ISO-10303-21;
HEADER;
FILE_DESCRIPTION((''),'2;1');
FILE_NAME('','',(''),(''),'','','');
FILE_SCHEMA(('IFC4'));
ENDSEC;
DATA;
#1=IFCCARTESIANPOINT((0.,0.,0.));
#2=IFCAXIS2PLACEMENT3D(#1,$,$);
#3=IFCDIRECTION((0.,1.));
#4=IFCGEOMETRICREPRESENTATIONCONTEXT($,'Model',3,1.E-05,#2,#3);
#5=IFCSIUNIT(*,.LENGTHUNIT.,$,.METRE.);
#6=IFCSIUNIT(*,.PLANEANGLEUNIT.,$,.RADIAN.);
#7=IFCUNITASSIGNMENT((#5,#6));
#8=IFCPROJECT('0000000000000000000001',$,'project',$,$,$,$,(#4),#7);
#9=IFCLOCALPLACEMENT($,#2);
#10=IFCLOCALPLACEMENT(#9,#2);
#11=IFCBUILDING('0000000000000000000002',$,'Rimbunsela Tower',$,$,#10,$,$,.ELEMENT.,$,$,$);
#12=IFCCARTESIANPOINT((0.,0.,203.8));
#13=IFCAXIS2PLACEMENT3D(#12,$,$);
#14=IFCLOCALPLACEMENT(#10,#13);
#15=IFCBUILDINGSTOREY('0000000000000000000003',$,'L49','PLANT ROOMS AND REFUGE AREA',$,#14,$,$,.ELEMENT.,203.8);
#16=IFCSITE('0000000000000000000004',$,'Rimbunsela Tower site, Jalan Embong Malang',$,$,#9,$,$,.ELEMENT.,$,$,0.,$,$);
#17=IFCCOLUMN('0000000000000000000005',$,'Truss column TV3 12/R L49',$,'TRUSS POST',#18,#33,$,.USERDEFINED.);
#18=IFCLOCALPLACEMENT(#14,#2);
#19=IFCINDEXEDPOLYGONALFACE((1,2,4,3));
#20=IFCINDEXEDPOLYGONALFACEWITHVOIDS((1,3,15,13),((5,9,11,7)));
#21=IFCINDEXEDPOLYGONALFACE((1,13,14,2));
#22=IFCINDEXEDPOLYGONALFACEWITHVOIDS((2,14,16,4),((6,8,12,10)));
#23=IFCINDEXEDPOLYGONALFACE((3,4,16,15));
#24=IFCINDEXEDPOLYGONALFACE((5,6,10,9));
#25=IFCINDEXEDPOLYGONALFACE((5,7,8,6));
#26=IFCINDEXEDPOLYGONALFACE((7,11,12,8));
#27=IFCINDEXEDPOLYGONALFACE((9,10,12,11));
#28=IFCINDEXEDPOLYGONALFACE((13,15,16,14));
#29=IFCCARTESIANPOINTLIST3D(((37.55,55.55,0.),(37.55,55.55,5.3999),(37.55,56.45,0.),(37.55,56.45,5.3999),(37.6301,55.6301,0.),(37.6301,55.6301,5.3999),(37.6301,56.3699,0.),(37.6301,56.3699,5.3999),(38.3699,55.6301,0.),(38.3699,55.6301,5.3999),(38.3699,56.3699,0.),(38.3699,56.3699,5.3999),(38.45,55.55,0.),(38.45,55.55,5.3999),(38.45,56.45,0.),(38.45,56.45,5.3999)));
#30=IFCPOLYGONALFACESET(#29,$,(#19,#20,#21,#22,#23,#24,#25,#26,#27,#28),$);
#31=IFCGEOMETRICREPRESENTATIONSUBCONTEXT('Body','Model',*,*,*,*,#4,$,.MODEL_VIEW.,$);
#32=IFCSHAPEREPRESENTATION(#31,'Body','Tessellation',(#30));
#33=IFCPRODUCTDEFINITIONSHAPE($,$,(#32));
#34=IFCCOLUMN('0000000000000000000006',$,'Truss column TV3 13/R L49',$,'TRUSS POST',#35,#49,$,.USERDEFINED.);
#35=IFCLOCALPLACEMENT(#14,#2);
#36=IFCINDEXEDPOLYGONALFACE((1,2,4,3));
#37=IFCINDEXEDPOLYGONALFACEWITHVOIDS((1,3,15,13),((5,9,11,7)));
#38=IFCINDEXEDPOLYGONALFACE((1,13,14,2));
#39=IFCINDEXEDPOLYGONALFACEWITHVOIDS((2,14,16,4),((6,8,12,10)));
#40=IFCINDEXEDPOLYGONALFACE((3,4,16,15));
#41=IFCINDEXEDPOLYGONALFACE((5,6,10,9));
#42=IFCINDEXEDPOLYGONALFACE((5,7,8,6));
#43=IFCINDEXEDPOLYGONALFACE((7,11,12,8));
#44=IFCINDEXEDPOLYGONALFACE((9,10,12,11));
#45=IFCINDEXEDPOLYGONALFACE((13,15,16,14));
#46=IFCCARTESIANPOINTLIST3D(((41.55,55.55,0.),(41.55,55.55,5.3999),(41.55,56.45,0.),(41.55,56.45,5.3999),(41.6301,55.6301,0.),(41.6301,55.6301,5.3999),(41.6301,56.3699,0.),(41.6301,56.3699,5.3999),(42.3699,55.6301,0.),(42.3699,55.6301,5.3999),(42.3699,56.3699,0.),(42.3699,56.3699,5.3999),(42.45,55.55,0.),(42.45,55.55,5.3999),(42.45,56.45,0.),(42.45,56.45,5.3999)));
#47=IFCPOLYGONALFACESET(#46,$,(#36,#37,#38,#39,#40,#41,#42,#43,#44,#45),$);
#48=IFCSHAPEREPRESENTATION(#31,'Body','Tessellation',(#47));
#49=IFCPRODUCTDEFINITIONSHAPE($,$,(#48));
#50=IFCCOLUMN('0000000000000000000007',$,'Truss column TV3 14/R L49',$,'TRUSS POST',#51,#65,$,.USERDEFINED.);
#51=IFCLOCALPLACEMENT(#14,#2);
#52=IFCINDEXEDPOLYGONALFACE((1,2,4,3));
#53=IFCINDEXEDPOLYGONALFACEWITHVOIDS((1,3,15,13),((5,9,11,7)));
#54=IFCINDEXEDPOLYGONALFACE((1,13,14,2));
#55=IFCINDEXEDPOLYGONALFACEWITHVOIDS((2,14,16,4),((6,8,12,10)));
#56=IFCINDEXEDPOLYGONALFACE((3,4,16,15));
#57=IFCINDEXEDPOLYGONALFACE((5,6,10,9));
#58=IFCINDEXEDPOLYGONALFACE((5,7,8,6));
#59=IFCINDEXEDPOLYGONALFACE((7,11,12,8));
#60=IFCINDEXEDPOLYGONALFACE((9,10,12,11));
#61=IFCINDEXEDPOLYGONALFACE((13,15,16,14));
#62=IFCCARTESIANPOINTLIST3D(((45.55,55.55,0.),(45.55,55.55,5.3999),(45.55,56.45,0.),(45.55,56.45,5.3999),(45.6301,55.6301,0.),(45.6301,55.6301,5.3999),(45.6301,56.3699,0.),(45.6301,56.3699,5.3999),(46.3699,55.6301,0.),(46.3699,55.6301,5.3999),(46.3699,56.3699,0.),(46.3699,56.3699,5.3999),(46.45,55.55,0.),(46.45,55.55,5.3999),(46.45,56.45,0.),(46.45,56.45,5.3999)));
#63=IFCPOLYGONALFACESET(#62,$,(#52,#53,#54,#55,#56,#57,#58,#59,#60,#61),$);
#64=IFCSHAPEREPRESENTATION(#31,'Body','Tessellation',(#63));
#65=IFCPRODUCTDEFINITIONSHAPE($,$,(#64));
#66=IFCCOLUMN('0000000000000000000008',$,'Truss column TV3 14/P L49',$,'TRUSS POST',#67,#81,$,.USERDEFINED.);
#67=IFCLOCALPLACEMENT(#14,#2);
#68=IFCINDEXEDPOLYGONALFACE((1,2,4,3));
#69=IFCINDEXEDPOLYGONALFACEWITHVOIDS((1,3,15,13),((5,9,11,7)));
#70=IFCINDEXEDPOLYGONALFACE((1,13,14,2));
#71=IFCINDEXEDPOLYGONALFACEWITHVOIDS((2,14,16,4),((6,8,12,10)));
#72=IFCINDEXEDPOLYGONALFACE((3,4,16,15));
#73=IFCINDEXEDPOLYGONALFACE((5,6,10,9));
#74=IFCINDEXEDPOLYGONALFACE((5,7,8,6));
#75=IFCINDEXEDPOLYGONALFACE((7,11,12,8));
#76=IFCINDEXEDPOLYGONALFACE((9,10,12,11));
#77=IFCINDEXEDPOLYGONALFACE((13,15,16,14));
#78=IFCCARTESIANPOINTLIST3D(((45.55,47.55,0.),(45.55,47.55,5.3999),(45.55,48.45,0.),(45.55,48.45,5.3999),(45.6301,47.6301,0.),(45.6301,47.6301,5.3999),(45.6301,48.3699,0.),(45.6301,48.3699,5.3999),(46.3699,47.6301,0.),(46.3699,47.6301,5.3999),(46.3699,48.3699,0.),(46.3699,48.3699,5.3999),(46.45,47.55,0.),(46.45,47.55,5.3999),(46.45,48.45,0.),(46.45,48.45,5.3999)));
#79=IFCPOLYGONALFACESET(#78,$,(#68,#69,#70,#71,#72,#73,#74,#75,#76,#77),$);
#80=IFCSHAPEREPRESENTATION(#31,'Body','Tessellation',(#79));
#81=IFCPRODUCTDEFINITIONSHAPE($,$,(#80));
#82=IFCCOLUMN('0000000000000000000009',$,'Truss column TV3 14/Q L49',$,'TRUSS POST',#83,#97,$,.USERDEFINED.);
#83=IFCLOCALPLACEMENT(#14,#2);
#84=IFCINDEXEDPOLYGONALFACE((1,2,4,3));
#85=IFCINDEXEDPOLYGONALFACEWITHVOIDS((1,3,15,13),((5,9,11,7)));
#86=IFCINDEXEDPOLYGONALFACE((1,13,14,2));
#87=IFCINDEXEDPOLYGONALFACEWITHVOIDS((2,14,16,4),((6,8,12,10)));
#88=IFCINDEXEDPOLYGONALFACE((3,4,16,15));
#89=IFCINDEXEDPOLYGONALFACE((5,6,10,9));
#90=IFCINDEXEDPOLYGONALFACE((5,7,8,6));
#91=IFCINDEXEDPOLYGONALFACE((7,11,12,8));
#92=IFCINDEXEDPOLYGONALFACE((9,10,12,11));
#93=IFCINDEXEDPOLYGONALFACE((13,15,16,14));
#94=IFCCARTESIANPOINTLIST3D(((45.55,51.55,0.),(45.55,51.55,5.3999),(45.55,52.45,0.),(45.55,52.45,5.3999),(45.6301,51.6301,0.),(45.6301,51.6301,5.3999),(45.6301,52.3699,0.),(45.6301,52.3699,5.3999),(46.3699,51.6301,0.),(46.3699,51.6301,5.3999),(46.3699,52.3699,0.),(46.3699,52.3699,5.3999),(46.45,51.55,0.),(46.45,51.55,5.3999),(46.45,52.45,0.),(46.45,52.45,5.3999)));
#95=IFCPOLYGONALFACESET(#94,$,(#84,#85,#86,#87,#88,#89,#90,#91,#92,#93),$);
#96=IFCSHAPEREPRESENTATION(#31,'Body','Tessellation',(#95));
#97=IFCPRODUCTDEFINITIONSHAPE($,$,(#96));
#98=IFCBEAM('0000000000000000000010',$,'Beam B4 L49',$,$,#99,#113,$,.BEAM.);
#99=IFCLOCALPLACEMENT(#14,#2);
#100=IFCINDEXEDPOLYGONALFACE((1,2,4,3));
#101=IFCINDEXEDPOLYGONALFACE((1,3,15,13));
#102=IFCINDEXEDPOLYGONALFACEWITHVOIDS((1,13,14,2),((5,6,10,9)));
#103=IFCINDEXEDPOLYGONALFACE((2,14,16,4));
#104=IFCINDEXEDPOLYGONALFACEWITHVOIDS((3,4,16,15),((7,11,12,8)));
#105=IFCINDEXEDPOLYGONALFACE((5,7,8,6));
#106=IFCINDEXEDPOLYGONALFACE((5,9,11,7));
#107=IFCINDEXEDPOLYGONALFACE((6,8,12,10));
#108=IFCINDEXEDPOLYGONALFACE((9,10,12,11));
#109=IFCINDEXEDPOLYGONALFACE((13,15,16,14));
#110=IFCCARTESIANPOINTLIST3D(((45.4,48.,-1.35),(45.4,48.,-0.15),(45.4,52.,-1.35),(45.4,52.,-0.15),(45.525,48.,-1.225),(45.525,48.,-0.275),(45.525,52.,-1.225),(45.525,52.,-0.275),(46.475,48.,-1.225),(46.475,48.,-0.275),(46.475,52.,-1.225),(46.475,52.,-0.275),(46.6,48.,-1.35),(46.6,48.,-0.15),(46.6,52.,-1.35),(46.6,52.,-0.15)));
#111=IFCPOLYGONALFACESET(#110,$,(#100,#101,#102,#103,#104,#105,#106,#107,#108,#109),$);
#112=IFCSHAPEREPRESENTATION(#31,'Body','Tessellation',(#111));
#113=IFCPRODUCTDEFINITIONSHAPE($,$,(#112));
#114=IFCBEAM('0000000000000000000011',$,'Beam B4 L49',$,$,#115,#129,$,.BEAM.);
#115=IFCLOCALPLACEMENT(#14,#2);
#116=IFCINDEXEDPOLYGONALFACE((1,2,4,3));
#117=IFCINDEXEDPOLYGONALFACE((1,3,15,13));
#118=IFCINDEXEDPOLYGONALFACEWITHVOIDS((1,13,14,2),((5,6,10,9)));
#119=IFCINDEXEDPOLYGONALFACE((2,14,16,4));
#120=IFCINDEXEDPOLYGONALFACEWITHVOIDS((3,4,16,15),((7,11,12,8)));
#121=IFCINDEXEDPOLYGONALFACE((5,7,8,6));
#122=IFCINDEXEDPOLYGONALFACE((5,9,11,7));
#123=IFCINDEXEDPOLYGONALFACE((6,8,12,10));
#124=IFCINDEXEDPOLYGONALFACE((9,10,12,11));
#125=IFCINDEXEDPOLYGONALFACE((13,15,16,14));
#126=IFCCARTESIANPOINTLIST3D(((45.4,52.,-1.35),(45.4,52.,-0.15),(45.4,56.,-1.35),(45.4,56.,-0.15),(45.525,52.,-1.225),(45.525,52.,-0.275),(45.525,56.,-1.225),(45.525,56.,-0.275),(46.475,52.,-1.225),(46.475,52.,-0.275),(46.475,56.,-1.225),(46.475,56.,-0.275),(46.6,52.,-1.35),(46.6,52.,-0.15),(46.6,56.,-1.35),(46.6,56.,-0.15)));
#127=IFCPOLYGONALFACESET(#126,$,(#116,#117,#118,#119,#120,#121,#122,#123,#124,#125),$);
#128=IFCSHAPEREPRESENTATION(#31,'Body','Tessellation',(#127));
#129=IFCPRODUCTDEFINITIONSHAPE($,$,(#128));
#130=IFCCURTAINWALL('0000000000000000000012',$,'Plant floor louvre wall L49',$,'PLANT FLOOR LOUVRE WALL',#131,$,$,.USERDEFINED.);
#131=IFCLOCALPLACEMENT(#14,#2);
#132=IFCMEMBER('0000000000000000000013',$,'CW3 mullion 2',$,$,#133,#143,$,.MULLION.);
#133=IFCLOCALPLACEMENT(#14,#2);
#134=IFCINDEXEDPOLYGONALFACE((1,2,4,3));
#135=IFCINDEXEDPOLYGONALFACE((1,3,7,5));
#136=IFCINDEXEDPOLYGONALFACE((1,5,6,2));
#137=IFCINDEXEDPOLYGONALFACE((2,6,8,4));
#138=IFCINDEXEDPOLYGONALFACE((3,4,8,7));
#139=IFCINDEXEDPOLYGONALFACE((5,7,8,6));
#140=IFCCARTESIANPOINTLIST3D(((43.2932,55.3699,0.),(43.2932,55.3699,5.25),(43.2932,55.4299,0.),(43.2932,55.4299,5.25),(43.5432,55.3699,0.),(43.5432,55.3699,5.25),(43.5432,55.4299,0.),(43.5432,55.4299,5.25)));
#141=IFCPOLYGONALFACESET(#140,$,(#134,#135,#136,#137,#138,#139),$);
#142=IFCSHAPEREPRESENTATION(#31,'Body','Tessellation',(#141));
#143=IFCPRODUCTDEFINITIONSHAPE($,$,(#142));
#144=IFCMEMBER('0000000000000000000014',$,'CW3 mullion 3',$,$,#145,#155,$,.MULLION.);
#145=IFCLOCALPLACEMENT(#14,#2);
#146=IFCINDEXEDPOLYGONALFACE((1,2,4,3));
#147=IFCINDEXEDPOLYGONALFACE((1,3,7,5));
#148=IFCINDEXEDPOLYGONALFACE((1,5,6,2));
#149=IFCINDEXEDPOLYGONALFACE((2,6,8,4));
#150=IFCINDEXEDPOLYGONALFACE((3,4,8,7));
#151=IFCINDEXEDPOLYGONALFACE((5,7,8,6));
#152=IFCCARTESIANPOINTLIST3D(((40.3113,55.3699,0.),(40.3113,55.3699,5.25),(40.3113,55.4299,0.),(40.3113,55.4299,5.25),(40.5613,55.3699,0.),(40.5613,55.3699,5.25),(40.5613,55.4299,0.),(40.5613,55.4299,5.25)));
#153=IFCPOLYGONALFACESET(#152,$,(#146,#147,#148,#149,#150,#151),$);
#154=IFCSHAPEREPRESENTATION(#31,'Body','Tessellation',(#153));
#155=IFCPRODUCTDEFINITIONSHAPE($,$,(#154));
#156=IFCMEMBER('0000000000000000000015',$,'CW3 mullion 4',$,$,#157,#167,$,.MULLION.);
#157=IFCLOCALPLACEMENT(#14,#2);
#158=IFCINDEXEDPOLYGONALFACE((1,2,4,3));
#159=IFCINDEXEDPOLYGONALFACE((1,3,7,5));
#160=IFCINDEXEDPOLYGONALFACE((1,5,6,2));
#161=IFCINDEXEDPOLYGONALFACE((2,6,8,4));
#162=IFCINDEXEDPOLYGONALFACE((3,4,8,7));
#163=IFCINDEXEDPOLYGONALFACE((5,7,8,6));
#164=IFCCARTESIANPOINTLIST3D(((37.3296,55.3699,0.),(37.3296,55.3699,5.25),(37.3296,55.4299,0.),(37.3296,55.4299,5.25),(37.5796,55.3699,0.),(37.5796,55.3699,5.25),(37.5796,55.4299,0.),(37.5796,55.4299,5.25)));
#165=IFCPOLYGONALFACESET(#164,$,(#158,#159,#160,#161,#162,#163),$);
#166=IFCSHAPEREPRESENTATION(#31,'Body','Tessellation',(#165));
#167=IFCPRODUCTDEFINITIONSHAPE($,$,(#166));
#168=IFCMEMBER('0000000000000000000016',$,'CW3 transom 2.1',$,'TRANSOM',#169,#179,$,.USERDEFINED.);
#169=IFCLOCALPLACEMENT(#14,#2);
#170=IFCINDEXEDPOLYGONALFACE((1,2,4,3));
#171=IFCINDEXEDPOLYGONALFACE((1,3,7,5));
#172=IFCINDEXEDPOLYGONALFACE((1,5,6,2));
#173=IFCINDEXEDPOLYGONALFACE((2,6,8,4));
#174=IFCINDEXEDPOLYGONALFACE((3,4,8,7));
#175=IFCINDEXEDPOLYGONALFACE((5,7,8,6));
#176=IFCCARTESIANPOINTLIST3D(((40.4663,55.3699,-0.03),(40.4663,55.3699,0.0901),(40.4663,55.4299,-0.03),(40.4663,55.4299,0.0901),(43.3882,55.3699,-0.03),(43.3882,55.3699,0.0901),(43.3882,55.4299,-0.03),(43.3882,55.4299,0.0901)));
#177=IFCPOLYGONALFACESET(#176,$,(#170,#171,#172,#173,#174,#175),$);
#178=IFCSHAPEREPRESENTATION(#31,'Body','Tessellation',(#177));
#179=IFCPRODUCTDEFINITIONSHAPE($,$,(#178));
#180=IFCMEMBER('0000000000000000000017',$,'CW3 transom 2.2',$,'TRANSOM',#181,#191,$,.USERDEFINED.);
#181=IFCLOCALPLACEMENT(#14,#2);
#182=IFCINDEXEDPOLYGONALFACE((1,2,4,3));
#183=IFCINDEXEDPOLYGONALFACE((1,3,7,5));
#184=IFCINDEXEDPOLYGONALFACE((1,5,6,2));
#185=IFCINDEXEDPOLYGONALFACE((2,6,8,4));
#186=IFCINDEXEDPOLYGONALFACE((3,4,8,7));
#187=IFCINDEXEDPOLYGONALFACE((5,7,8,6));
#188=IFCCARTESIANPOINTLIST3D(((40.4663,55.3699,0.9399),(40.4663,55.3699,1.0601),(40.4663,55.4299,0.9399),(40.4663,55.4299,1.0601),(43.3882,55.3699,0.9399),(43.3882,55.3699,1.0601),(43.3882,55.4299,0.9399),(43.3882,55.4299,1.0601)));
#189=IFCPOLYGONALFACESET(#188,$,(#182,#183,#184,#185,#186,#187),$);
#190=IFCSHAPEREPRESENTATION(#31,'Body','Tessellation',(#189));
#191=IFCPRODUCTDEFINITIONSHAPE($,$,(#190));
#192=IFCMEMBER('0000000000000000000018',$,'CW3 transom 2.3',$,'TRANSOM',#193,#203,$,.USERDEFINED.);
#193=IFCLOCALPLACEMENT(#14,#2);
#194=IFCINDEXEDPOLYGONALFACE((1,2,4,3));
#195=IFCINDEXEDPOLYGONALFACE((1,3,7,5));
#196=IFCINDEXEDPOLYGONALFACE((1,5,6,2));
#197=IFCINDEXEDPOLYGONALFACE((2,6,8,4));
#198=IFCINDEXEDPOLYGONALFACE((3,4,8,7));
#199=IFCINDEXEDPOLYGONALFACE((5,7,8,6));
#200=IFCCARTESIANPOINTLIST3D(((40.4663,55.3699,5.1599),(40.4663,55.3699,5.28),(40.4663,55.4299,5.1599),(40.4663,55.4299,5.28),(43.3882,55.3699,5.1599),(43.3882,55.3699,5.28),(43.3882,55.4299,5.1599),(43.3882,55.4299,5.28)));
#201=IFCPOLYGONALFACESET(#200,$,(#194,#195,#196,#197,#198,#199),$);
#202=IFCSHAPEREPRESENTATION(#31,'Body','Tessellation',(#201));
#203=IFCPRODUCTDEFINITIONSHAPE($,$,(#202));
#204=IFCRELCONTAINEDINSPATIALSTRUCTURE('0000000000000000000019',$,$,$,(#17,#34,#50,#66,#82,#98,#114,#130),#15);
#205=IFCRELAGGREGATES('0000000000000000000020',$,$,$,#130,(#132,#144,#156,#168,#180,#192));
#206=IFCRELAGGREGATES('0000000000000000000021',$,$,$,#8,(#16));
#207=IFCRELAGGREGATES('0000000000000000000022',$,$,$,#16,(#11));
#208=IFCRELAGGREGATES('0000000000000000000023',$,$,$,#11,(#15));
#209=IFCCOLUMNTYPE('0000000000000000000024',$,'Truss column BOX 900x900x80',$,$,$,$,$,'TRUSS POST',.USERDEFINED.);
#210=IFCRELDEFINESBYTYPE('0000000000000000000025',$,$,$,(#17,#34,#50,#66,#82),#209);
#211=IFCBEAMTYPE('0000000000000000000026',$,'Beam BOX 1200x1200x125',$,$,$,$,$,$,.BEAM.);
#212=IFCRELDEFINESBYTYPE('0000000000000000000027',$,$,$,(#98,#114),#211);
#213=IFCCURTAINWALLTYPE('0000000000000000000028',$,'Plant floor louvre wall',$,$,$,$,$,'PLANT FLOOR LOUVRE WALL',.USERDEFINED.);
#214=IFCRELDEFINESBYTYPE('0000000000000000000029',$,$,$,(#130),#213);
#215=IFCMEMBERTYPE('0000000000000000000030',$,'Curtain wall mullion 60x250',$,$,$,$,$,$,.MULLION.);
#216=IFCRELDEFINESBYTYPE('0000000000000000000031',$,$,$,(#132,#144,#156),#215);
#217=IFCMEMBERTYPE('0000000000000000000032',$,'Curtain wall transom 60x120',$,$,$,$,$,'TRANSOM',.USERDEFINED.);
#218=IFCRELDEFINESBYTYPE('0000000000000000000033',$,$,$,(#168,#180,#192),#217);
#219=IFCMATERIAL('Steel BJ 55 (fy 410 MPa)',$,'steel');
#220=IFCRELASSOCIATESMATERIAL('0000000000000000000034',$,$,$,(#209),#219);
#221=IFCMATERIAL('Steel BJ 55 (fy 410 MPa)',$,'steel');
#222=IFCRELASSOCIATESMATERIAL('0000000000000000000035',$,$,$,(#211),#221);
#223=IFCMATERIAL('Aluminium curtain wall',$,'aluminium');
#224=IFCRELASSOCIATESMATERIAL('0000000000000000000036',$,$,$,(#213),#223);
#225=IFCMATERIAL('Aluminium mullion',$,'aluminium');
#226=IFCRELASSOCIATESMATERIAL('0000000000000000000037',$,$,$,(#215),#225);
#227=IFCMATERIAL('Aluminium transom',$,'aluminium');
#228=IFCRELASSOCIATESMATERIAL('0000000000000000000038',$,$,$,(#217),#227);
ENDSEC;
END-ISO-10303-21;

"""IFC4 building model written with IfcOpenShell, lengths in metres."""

from ifc_helpers import new_model, si_unit, direction, frame, origin, origin_2d, place, context, subcontext, project, spatial, rectangle, hollow_rectangle, extrude, material, material_profile, profile_set, type_object, element, aggregate, save


model = new_model("IFC4")

# Units and contexts
model_context = context("Model", 3, precision=1e-05, world=origin(), true_north=direction((0.0, 1.0)))
body_context = subcontext(model_context, "Body", "Model", "MODEL_VIEW")
ifc_project = project(units=[si_unit("LENGTHUNIT", "METRE"), si_unit("PLANEANGLEUNIT", "RADIAN")], contexts=[model_context])

# Site, building, storey
site_placement = place(None, origin())
site = spatial("IfcSite", under=ifc_project, at=site_placement, Name="Rimbunsela Tower site, Jalan Embong Malang", CompositionType="ELEMENT", RefElevation=0.0)
building_placement = place(site_placement, origin())
building = spatial("IfcBuilding", under=site, at=building_placement, Name="Rimbunsela Tower", CompositionType="ELEMENT")
storey_placement = place(building_placement, frame((0.0, 0.0, 203.8)))
storey = spatial("IfcBuildingStorey", under=building, at=storey_placement, Name="L49", Description="PLANT ROOMS AND REFUGE AREA", CompositionType="ELEMENT", Elevation=203.8)

# Columns
ifc_material_1 = material(Name="Steel BJ 55 (fy 410 MPa)", Category="steel")
ifc_material_profile_1 = material_profile(ifc_material_1, hollow_rectangle(XDim=0.8999, YDim=0.8999, WallThickness=0.0801, at=origin_2d()), Name="BOX 900x900x80")
ifc_profile_set_1 = profile_set([ifc_material_profile_1], Name="Steel BJ 55 (fy 410 MPa)")
column_type = type_object("IfcColumnType", Name="Truss column BOX 900x900x80", ElementType="TRUSS POST", PredefinedType="USERDEFINED", material=ifc_profile_set_1)
for number, where, z_axis, x_axis, name in (
    (1, (38.0, 56.0, 0.0), (0.0, 0.0, 1.0), (1.0, 0.0, 0.0), "Truss column TV3 12/R L49"),
    (2, (42.0, 56.0, 0.0), (0.0, 0.0, 1.0), (1.0, 0.0, 0.0), "Truss column TV3 13/R L49"),
    (3, (46.0, 56.0, 0.0), (0.0, 0.0, 1.0), (1.0, 0.0, 0.0), "Truss column TV3 14/R L49"),
    (4, (46.0, 48.0, 0.0), (0.0, 0.0, 1.0), (1.0, 0.0, 0.0), "Truss column TV3 14/P L49"),
    (5, (46.0, 52.0, 0.0), (0.0, 0.0, 1.0), (1.0, 0.0, 0.0), "Truss column TV3 14/Q L49"),
):
    element("IfcColumn", number, at=place(storey_placement, frame(where, z_axis=z_axis, x_axis=x_axis)), inside=storey, type_object=column_type, Name=name, ObjectType="TRUSS POST", PredefinedType="USERDEFINED", context=body_context, shape_type="SweptSolid", body=[
        extrude(hollow_rectangle(XDim=0.8999, YDim=0.8999, WallThickness=0.0801, at=origin_2d()), origin(), (0.0, 0.0, 1.0), 5.3999),
    ])

# Beams
ifc_material_2 = material(Name="Steel BJ 55 (fy 410 MPa)", Category="steel")
ifc_material_profile_2 = material_profile(ifc_material_2, hollow_rectangle(XDim=1.2, YDim=1.2, WallThickness=0.125, at=origin_2d()), Name="BOX 1200x1200x125")
ifc_profile_set_2 = profile_set([ifc_material_profile_2], Name="Steel BJ 55 (fy 410 MPa)")
beam_type_1 = type_object("IfcBeamType", Name="Beam BOX 1200x1200x125", PredefinedType="BEAM", material=ifc_profile_set_2)
for number, where, z_axis, x_axis, name in (
    (6, (46.0, 48.0, -0.75), (0.0, 1.0, 0.0), (-1.0, 0.0, 0.0), "Beam B4 L49"),
    (7, (46.0, 52.0, -0.75), (0.0, 1.0, 0.0), (-1.0, 0.0, 0.0), "Beam B4 L49"),
):
    element("IfcBeam", number, at=place(storey_placement, frame(where, z_axis=z_axis, x_axis=x_axis)), inside=storey, type_object=beam_type_1, Name=name, PredefinedType="BEAM", context=body_context, shape_type="SweptSolid", body=[
        extrude(hollow_rectangle(XDim=1.2, YDim=1.2, WallThickness=0.125, at=origin_2d()), origin(), (0.0, 0.0, 1.0), 4.0),
    ])

# Curtain wall, members
ifc_material_3 = material(Name="Aluminium curtain wall", Category="aluminium")
curtain_wall_type = type_object("IfcCurtainWallType", Name="Plant floor louvre wall", ElementType="PLANT FLOOR LOUVRE WALL", PredefinedType="USERDEFINED", material=ifc_material_3)
curtain_wall_placement = place(storey_placement, origin())
curtain_wall = element("IfcCurtainWall", 8, at=curtain_wall_placement, inside=storey, type_object=curtain_wall_type, Name="Plant floor louvre wall L49", ObjectType="PLANT FLOOR LOUVRE WALL", PredefinedType="USERDEFINED")
ifc_material_4 = material(Name="Aluminium mullion", Category="aluminium")
ifc_material_profile_3 = material_profile(ifc_material_4, rectangle(XDim=0.0601, YDim=0.25, at=origin_2d()), Name="Mullion 60x250")
ifc_profile_set_3 = profile_set([ifc_material_profile_3], Name="Aluminium mullion")
member_type_1 = type_object("IfcMemberType", Name="Curtain wall mullion 60x250", PredefinedType="MULLION", material=ifc_profile_set_3)
member_1_placement = place(storey_placement, frame((43.4182, 55.3999, 0.0), z_axis=(0.0, 0.0, 1.0), x_axis=(0.0, -1.0, 0.0)))
member_1 = element("IfcMember", 9, at=member_1_placement, type_object=member_type_1, Name="CW3 mullion 2", PredefinedType="MULLION", context=body_context, shape_type="SweptSolid", body=[
    extrude(rectangle(XDim=0.0601, YDim=0.25, at=origin_2d()), origin(), (0.0, 0.0, 1.0), 5.25),
])
member_2_placement = place(storey_placement, frame((40.4363, 55.3999, 0.0), z_axis=(0.0, 0.0, 1.0), x_axis=(0.0, -1.0, 0.0)))
member_2 = element("IfcMember", 10, at=member_2_placement, type_object=member_type_1, Name="CW3 mullion 3", PredefinedType="MULLION", context=body_context, shape_type="SweptSolid", body=[
    extrude(rectangle(XDim=0.0601, YDim=0.25, at=origin_2d()), origin(), (0.0, 0.0, 1.0), 5.25),
])
member_3_placement = place(storey_placement, frame((37.4546, 55.3999, 0.0), z_axis=(0.0, 0.0, 1.0), x_axis=(0.0, -1.0, 0.0)))
member_3 = element("IfcMember", 11, at=member_3_placement, type_object=member_type_1, Name="CW3 mullion 4", PredefinedType="MULLION", context=body_context, shape_type="SweptSolid", body=[
    extrude(rectangle(XDim=0.0601, YDim=0.25, at=origin_2d()), origin(), (0.0, 0.0, 1.0), 5.25),
])
ifc_material_5 = material(Name="Aluminium transom", Category="aluminium")
ifc_material_profile_4 = material_profile(ifc_material_5, rectangle(XDim=0.0601, YDim=0.1201, at=origin_2d()), Name="Transom 60x120")
ifc_profile_set_4 = profile_set([ifc_material_profile_4], Name="Aluminium transom")
member_type_2 = type_object("IfcMemberType", Name="Curtain wall transom 60x120", ElementType="TRANSOM", PredefinedType="USERDEFINED", material=ifc_profile_set_4)
member_4_placement = place(storey_placement, frame((43.3882, 55.3999, 0.03), z_axis=(-1.0, 0.0, 0.0), x_axis=(0.0, -1.0, 0.0)))
member_4 = element("IfcMember", 12, at=member_4_placement, type_object=member_type_2, Name="CW3 transom 2.1", ObjectType="TRANSOM", PredefinedType="USERDEFINED", context=body_context, shape_type="SweptSolid", body=[
    extrude(rectangle(XDim=0.0601, YDim=0.1201, at=origin_2d()), origin(), (0.0, 0.0, 1.0), 2.9219),
])
member_5_placement = place(storey_placement, frame((43.3882, 55.3999, 1.0), z_axis=(-1.0, 0.0, 0.0), x_axis=(0.0, -1.0, 0.0)))
member_5 = element("IfcMember", 13, at=member_5_placement, type_object=member_type_2, Name="CW3 transom 2.2", ObjectType="TRANSOM", PredefinedType="USERDEFINED", context=body_context, shape_type="SweptSolid", body=[
    extrude(rectangle(XDim=0.0601, YDim=0.1201, at=origin_2d()), origin(), (0.0, 0.0, 1.0), 2.9219),
])
member_6_placement = place(storey_placement, frame((43.3882, 55.3999, 5.22), z_axis=(-1.0, 0.0, 0.0), x_axis=(0.0, -1.0, 0.0)))
member_6 = element("IfcMember", 14, at=member_6_placement, type_object=member_type_2, Name="CW3 transom 2.3", ObjectType="TRANSOM", PredefinedType="USERDEFINED", context=body_context, shape_type="SweptSolid", body=[
    extrude(rectangle(XDim=0.0601, YDim=0.1201, at=origin_2d()), origin(), (0.0, 0.0, 1.0), 2.9219),
])

aggregate(curtain_wall, [member_1, member_2, member_3, member_4, member_5, member_6])

save(model, "model.ifc")
